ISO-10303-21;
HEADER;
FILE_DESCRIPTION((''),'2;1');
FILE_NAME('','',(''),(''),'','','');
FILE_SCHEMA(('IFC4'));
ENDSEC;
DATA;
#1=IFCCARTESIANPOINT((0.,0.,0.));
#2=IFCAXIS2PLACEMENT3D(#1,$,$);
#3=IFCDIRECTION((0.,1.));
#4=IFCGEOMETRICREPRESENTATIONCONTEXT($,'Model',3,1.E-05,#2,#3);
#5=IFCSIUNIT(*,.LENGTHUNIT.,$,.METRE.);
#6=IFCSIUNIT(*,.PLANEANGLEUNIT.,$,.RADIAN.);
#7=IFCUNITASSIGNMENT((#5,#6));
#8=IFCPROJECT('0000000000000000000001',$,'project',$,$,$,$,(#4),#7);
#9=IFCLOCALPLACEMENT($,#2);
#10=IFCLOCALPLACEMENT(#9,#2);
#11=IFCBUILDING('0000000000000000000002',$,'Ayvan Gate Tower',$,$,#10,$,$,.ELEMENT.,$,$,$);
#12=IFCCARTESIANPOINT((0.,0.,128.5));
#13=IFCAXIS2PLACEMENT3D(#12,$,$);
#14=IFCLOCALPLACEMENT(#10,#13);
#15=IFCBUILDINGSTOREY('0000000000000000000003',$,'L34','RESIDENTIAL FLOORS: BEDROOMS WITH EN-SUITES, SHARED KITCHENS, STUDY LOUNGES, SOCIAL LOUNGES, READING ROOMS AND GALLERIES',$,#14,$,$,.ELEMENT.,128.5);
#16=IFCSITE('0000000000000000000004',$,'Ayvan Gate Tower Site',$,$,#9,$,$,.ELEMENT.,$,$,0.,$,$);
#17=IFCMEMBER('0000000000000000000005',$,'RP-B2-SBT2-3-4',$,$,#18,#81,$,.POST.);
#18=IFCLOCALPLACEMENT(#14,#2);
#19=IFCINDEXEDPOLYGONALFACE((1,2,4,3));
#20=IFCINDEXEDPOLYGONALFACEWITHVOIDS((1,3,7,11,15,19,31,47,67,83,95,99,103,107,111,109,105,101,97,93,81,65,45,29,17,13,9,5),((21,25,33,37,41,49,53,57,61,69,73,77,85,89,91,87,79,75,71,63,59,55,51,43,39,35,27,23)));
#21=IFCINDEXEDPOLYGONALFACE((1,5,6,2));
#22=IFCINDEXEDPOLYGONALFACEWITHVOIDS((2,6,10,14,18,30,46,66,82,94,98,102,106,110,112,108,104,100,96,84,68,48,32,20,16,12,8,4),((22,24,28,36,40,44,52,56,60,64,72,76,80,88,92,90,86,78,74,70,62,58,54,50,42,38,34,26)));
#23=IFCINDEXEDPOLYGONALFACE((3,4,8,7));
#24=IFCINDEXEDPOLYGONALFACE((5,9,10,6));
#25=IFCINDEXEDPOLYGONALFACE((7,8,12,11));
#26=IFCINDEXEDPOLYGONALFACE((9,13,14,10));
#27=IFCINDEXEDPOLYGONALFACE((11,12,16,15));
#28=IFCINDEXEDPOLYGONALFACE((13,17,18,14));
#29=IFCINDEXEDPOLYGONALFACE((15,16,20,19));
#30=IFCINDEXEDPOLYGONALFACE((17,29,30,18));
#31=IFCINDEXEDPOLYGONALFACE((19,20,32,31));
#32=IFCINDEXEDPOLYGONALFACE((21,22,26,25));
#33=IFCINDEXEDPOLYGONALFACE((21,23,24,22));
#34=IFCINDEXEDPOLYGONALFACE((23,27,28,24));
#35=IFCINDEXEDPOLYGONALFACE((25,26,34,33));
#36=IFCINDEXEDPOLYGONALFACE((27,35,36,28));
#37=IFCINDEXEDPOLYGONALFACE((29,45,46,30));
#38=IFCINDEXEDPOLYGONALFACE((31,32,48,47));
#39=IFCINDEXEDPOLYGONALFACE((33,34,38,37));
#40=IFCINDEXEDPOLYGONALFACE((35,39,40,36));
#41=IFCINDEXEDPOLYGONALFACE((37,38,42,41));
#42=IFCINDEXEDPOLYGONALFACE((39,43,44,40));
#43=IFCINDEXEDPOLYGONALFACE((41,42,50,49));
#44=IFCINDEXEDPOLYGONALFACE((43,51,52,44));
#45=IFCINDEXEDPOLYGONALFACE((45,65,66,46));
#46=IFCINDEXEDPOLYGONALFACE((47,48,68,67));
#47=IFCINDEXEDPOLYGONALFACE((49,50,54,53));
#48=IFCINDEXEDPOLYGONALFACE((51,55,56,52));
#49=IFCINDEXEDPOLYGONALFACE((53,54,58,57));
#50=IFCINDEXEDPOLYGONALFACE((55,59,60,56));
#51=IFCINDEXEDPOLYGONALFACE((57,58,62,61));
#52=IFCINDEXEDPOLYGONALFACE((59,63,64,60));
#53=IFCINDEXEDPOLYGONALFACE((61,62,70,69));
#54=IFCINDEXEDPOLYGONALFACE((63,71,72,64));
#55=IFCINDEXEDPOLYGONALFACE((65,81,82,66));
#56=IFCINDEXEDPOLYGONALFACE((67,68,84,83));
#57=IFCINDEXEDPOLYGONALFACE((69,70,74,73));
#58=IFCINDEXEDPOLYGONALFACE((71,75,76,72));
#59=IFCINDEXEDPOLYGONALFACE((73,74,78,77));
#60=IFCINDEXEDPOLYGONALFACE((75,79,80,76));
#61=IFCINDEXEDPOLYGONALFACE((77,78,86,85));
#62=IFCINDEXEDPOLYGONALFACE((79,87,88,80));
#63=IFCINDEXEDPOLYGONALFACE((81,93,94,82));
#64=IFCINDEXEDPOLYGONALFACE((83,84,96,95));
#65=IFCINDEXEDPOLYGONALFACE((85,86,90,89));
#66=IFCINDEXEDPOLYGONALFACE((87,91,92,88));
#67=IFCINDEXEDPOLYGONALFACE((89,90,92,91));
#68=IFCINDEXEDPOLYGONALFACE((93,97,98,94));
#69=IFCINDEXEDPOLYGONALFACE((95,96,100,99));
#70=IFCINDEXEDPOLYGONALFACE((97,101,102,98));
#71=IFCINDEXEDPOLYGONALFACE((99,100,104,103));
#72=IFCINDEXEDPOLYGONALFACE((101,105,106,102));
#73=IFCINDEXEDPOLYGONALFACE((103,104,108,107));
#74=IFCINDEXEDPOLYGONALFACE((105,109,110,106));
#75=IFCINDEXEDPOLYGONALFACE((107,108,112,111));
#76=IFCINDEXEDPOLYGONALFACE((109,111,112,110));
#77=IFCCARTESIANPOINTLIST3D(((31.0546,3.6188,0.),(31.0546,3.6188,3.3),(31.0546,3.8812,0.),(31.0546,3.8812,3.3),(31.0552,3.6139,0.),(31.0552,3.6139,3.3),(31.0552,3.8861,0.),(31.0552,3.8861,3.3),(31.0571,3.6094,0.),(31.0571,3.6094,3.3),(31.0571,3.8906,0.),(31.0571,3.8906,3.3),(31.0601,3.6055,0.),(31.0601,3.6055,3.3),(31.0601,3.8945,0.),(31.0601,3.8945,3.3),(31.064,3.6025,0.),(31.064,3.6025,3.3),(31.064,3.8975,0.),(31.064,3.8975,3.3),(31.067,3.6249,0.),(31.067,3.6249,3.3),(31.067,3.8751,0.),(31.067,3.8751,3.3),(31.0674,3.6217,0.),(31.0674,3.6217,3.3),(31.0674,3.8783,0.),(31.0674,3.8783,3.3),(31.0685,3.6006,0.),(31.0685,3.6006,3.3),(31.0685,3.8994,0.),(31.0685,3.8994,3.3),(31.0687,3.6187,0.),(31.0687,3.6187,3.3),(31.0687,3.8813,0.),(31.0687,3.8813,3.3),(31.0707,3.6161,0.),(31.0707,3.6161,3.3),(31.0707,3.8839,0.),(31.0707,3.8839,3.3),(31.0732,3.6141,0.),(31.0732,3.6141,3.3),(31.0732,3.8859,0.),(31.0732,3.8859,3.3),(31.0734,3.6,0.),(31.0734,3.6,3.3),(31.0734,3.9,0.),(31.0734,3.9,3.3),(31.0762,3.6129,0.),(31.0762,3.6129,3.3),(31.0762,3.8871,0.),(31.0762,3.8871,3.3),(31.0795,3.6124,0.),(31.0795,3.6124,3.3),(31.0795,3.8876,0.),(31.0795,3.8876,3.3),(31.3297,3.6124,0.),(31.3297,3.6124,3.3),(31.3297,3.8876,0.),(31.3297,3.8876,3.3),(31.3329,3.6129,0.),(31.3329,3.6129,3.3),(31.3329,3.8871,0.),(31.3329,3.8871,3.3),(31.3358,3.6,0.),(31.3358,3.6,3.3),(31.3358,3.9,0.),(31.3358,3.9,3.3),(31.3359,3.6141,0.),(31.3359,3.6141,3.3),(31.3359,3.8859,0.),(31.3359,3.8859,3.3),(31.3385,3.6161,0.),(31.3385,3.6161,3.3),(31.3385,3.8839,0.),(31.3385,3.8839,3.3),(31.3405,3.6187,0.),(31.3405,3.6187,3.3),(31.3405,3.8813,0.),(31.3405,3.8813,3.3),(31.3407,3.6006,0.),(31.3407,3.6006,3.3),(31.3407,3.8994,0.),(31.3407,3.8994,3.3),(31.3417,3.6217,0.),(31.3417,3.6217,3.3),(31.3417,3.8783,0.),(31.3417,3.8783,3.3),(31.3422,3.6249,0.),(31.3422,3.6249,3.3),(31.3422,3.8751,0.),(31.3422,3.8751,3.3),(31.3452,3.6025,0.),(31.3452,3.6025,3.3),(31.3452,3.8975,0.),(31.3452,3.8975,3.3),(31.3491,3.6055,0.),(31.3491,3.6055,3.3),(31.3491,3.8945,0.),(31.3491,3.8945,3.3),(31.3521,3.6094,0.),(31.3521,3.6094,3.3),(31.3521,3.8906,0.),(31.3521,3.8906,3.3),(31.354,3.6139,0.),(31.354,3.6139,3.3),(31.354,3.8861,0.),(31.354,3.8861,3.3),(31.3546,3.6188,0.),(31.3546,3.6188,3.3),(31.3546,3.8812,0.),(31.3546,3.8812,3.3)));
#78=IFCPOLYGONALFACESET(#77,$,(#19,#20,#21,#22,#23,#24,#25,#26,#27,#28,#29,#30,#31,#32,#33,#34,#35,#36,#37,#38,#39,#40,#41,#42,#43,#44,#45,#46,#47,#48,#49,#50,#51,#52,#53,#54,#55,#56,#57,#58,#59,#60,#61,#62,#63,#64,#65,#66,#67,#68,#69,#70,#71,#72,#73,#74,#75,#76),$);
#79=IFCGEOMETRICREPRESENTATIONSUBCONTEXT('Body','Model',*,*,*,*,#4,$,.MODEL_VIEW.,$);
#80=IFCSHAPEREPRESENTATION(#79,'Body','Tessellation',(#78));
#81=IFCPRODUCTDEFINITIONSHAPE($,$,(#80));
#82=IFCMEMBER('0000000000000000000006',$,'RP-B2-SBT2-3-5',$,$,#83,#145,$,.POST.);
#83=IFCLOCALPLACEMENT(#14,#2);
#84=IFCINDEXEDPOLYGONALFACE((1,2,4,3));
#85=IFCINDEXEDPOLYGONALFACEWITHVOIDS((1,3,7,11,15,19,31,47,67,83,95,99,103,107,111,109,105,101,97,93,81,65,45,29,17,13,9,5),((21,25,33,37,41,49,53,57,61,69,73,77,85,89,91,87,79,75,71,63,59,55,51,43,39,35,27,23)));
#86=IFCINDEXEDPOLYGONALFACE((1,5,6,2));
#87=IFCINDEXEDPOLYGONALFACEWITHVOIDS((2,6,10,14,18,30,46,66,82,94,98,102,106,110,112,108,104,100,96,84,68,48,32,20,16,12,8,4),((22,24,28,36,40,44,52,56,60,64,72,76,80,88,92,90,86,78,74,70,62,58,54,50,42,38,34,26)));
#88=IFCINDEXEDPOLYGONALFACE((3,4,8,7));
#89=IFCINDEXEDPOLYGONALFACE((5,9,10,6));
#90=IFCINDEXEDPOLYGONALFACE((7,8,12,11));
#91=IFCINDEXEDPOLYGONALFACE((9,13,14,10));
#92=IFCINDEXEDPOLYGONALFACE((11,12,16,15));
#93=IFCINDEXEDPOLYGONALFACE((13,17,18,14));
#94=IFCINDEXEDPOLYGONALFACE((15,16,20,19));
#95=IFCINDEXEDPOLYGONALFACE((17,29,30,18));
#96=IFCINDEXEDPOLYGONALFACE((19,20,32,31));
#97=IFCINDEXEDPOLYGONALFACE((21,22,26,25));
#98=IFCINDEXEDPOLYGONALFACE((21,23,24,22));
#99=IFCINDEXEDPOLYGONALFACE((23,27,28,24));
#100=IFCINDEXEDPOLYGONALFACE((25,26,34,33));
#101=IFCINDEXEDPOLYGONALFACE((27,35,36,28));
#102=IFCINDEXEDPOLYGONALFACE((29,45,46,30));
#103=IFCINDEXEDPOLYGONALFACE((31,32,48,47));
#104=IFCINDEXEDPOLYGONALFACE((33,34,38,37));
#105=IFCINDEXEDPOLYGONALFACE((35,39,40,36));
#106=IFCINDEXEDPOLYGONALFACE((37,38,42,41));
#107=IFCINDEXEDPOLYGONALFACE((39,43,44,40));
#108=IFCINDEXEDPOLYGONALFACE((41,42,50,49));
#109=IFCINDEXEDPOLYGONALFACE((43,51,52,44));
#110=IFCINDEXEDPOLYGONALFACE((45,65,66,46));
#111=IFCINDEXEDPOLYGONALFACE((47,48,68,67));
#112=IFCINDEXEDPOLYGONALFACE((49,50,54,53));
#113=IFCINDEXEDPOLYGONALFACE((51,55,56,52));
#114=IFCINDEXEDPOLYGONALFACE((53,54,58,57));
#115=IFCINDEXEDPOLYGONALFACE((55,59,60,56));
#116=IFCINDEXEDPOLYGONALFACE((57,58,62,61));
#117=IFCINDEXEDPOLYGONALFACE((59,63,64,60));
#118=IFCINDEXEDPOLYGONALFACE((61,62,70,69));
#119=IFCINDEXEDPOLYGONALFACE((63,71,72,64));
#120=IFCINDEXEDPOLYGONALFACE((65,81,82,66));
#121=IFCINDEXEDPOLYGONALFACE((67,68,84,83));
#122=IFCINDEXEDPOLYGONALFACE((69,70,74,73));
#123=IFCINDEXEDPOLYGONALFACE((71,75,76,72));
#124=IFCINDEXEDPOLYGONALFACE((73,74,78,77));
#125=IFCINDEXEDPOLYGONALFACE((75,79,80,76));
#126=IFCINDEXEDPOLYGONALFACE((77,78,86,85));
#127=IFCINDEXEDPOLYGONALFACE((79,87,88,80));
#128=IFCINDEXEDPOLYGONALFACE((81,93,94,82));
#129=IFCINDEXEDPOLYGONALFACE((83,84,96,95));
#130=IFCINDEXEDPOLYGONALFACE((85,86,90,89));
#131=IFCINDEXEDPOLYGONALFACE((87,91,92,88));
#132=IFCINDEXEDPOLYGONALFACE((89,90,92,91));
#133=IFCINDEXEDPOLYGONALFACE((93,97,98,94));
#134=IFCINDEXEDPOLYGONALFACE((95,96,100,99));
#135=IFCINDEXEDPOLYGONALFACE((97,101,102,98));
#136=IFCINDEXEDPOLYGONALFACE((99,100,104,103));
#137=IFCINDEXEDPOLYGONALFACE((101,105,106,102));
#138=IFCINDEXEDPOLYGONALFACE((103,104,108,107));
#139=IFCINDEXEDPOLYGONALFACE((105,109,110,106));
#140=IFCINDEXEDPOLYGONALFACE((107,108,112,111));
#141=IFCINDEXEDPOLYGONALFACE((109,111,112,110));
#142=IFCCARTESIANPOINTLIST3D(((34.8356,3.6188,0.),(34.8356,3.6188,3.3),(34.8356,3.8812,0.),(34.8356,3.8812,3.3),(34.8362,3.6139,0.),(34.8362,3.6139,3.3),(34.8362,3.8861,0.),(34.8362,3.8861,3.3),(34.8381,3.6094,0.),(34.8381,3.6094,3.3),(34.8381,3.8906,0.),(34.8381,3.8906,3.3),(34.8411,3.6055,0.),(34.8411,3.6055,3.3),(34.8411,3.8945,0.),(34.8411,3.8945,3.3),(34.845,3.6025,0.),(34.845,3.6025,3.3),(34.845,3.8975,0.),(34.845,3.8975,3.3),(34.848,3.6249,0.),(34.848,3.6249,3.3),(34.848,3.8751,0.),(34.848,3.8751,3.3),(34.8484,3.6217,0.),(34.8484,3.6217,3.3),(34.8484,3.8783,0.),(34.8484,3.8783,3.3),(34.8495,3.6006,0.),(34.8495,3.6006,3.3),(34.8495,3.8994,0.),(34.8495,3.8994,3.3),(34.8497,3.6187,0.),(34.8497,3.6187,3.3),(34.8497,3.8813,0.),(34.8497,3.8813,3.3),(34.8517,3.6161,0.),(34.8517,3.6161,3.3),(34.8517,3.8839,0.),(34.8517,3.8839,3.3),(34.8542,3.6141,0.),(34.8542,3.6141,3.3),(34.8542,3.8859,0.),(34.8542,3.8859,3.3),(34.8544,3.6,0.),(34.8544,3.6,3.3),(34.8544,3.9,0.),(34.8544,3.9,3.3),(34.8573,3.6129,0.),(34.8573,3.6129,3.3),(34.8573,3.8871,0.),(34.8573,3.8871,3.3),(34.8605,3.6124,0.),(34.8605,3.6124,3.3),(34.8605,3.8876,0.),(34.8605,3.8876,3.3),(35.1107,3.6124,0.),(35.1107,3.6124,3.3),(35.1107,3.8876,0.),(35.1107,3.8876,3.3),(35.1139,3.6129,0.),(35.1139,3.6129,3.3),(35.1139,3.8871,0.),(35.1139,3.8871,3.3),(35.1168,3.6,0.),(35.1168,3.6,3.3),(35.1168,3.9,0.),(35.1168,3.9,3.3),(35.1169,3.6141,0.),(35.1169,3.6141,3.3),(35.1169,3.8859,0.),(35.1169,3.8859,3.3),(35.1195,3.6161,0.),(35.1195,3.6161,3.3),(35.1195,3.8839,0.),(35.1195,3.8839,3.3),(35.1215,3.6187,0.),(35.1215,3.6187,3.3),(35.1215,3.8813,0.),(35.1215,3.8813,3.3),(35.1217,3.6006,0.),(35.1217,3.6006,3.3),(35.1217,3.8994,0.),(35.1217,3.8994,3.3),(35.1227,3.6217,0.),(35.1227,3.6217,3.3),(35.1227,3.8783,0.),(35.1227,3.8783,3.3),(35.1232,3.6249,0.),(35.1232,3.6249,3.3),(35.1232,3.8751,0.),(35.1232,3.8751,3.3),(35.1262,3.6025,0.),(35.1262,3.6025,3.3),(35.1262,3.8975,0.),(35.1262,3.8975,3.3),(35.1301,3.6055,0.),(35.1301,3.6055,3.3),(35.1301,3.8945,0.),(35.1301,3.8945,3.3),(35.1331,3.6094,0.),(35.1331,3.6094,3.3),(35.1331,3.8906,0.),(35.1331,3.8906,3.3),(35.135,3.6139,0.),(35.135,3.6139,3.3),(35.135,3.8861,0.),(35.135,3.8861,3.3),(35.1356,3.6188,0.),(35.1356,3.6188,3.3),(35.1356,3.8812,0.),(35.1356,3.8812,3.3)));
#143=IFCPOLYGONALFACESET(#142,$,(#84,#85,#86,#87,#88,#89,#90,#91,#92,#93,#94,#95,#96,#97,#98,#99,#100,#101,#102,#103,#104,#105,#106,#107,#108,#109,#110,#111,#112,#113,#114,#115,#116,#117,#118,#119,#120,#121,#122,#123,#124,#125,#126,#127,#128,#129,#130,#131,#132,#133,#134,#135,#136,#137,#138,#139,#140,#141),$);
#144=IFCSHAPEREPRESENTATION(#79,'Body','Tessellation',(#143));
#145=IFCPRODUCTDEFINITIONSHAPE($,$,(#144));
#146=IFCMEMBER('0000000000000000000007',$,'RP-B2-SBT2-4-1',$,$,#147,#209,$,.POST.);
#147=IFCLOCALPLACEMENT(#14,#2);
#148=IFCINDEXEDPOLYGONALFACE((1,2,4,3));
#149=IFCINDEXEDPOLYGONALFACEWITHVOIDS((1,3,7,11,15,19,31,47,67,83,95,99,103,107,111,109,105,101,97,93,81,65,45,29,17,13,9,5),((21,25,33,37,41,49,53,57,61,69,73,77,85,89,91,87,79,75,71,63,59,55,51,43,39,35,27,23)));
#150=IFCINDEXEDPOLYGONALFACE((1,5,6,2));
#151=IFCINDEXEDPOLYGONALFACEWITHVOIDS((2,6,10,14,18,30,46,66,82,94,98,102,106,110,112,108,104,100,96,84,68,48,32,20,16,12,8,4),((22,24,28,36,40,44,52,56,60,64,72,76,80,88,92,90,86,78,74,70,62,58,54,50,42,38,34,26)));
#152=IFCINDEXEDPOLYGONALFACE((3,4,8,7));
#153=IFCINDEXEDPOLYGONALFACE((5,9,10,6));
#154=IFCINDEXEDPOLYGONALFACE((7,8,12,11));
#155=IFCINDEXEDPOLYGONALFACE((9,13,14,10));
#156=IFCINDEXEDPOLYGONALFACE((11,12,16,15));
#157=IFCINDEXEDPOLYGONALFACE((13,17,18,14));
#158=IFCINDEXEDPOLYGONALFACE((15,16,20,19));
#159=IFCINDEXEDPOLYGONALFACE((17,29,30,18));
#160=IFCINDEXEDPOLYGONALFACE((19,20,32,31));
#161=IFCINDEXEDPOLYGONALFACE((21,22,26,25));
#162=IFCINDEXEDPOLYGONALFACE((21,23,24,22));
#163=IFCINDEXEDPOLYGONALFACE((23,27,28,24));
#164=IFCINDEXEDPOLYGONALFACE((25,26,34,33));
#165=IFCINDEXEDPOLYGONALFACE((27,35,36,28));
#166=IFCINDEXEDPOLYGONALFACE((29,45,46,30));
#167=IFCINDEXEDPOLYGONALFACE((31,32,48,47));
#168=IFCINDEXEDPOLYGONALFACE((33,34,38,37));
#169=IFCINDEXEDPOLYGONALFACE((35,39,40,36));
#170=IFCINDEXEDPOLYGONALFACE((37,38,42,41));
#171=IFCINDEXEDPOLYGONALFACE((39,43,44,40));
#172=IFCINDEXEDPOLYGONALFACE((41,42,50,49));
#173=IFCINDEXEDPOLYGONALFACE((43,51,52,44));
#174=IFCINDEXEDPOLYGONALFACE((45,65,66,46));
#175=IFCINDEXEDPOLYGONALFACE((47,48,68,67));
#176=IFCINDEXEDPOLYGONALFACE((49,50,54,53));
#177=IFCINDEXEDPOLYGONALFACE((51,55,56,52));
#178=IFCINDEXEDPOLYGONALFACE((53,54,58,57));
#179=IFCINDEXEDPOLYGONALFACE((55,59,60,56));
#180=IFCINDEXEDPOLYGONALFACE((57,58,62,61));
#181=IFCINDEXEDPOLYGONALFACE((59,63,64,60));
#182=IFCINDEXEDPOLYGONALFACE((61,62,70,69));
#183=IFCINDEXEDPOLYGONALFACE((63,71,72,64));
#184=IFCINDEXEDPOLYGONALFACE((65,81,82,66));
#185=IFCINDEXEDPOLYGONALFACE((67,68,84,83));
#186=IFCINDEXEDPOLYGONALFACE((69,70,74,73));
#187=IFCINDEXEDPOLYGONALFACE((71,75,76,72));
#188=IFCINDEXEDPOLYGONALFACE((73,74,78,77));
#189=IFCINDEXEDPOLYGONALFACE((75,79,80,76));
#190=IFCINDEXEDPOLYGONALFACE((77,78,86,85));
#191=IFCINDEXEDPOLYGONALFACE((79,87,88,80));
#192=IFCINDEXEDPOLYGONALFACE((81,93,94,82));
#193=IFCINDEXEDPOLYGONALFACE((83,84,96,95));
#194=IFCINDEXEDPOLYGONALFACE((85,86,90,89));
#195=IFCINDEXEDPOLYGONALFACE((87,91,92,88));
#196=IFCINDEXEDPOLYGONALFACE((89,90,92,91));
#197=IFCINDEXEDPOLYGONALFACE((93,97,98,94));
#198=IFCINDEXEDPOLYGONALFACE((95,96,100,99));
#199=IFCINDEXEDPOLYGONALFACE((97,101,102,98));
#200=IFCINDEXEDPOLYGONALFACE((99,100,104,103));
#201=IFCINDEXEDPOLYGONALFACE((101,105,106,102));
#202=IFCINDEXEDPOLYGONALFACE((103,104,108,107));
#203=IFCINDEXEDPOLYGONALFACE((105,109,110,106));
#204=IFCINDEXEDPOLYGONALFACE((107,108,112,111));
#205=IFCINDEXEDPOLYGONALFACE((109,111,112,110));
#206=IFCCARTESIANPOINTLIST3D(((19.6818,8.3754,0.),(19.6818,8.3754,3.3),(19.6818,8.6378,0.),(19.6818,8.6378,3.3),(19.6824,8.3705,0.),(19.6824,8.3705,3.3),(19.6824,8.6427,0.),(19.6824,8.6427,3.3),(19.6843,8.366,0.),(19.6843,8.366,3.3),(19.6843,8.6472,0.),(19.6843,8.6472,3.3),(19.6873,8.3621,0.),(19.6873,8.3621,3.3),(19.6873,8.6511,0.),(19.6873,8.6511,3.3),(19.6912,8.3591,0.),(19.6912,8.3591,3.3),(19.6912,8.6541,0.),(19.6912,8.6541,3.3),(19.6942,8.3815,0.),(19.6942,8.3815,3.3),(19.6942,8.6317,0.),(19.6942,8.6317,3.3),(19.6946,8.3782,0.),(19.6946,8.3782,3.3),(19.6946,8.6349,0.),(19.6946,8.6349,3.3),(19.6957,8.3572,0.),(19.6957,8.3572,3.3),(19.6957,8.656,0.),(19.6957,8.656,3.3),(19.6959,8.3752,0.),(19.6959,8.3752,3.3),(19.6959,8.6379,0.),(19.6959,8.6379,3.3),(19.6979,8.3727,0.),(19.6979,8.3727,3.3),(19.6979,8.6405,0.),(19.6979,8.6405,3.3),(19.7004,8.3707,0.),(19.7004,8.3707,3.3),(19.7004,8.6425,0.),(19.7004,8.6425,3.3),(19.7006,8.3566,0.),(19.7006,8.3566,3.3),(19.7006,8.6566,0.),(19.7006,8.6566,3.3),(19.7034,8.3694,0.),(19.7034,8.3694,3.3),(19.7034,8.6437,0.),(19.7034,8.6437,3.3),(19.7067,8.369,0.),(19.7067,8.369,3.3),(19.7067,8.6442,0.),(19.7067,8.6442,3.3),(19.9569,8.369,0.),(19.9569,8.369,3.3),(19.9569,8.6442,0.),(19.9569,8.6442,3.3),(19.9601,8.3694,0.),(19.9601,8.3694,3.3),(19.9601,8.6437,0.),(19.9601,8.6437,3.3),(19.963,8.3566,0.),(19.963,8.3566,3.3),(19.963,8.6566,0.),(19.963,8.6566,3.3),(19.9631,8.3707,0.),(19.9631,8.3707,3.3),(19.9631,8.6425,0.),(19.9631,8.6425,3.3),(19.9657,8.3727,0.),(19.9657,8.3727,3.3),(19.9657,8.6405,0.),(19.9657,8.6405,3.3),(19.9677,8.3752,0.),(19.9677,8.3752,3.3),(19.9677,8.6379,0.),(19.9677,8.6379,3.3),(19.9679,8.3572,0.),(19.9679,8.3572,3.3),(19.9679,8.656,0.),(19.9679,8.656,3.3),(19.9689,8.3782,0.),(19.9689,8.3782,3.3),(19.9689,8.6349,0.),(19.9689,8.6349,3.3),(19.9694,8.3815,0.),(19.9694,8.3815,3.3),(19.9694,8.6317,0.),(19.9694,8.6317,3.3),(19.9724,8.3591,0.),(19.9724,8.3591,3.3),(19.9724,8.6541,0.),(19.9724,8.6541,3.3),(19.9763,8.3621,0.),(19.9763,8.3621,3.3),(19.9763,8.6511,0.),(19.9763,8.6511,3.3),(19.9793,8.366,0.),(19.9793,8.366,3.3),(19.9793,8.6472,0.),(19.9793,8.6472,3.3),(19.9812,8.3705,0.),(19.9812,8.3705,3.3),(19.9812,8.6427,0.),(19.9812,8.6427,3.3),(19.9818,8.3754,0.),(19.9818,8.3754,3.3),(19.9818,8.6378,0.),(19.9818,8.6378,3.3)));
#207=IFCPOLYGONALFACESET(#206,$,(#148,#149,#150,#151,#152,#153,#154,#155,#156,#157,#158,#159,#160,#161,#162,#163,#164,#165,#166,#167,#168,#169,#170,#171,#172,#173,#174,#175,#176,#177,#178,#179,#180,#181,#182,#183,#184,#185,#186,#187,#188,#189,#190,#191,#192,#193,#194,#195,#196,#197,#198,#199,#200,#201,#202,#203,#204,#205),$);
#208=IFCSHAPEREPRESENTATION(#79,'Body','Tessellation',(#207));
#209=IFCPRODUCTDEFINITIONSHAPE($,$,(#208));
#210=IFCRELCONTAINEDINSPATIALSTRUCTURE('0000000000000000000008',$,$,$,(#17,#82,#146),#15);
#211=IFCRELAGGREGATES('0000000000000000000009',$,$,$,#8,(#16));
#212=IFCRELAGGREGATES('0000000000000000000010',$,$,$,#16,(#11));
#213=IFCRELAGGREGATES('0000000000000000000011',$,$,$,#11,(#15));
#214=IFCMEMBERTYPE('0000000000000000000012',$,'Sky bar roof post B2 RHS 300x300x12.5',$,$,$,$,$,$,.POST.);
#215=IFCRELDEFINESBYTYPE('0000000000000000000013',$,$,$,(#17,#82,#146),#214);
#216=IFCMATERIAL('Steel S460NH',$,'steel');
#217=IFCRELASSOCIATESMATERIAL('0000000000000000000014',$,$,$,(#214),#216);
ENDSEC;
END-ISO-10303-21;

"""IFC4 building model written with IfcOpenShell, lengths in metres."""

from ifc_helpers import new_model, si_unit, direction, frame, origin, origin_2d, place, context, subcontext, project, spatial, hollow_rectangle, extrude, material, material_profile, profile_set, type_object, element, save


model = new_model("IFC4")

# Units and contexts
model_context = context("Model", 3, precision=1e-05, world=origin(), true_north=direction((0.0, 1.0)))
body_context = subcontext(model_context, "Body", "Model", "MODEL_VIEW")
ifc_project = project(units=[si_unit("LENGTHUNIT", "METRE"), si_unit("PLANEANGLEUNIT", "RADIAN")], contexts=[model_context])

# Site, building, storey
site_placement = place(None, origin())
site = spatial("IfcSite", under=ifc_project, at=site_placement, Name="Ayvan Gate Tower Site", CompositionType="ELEMENT", RefElevation=0.0)
building_placement = place(site_placement, origin())
building = spatial("IfcBuilding", under=site, at=building_placement, Name="Ayvan Gate Tower", CompositionType="ELEMENT")
storey_placement = place(building_placement, frame((0.0, 0.0, 128.5)))
storey = spatial("IfcBuildingStorey", under=building, at=storey_placement, Name="L34", Description="RESIDENTIAL FLOORS: BEDROOMS WITH EN-SUITES, SHARED KITCHENS, STUDY LOUNGES, SOCIAL LOUNGES, READING ROOMS AND GALLERIES", CompositionType="ELEMENT", Elevation=128.5)

# Members
ifc_material_1 = material(Name="Steel S460NH", Category="steel")
ifc_material_profile_1 = material_profile(ifc_material_1, hollow_rectangle(XDim=0.3, YDim=0.3, WallThickness=0.0125, InnerFilletRadius=0.0125, OuterFilletRadius=0.0188, at=origin_2d()), Name="RHS 300x300x12.5")
ifc_profile_set_1 = profile_set([ifc_material_profile_1], Name="Steel S460NH")
member_type_1 = type_object("IfcMemberType", Name="Sky bar roof post B2 RHS 300x300x12.5", PredefinedType="POST", material=ifc_profile_set_1)
for number, where, z_axis, x_axis, name in (
    (1, (31.2046, 3.75, 0.0), (0.0, 0.0, 1.0), (1.0, 0.0, 0.0), "RP-B2-SBT2-3-4"),
    (2, (34.9856, 3.75, 0.0), (0.0, 0.0, 1.0), (1.0, 0.0, 0.0), "RP-B2-SBT2-3-5"),
    (3, (19.8318, 8.5066, 0.0), (0.0, 0.0, 1.0), (1.0, 0.0, 0.0), "RP-B2-SBT2-4-1"),
):
    element("IfcMember", number, at=place(storey_placement, frame(where, z_axis=z_axis, x_axis=x_axis)), inside=storey, type_object=member_type_1, Name=name, PredefinedType="POST", context=body_context, shape_type="SweptSolid", body=[
        extrude(hollow_rectangle(XDim=0.3, YDim=0.3, WallThickness=0.0125, InnerFilletRadius=0.0125, OuterFilletRadius=0.0188, at=origin_2d()), origin(), (0.0, 0.0, 1.0), 3.3),
    ])

save(model, "model.ifc")
